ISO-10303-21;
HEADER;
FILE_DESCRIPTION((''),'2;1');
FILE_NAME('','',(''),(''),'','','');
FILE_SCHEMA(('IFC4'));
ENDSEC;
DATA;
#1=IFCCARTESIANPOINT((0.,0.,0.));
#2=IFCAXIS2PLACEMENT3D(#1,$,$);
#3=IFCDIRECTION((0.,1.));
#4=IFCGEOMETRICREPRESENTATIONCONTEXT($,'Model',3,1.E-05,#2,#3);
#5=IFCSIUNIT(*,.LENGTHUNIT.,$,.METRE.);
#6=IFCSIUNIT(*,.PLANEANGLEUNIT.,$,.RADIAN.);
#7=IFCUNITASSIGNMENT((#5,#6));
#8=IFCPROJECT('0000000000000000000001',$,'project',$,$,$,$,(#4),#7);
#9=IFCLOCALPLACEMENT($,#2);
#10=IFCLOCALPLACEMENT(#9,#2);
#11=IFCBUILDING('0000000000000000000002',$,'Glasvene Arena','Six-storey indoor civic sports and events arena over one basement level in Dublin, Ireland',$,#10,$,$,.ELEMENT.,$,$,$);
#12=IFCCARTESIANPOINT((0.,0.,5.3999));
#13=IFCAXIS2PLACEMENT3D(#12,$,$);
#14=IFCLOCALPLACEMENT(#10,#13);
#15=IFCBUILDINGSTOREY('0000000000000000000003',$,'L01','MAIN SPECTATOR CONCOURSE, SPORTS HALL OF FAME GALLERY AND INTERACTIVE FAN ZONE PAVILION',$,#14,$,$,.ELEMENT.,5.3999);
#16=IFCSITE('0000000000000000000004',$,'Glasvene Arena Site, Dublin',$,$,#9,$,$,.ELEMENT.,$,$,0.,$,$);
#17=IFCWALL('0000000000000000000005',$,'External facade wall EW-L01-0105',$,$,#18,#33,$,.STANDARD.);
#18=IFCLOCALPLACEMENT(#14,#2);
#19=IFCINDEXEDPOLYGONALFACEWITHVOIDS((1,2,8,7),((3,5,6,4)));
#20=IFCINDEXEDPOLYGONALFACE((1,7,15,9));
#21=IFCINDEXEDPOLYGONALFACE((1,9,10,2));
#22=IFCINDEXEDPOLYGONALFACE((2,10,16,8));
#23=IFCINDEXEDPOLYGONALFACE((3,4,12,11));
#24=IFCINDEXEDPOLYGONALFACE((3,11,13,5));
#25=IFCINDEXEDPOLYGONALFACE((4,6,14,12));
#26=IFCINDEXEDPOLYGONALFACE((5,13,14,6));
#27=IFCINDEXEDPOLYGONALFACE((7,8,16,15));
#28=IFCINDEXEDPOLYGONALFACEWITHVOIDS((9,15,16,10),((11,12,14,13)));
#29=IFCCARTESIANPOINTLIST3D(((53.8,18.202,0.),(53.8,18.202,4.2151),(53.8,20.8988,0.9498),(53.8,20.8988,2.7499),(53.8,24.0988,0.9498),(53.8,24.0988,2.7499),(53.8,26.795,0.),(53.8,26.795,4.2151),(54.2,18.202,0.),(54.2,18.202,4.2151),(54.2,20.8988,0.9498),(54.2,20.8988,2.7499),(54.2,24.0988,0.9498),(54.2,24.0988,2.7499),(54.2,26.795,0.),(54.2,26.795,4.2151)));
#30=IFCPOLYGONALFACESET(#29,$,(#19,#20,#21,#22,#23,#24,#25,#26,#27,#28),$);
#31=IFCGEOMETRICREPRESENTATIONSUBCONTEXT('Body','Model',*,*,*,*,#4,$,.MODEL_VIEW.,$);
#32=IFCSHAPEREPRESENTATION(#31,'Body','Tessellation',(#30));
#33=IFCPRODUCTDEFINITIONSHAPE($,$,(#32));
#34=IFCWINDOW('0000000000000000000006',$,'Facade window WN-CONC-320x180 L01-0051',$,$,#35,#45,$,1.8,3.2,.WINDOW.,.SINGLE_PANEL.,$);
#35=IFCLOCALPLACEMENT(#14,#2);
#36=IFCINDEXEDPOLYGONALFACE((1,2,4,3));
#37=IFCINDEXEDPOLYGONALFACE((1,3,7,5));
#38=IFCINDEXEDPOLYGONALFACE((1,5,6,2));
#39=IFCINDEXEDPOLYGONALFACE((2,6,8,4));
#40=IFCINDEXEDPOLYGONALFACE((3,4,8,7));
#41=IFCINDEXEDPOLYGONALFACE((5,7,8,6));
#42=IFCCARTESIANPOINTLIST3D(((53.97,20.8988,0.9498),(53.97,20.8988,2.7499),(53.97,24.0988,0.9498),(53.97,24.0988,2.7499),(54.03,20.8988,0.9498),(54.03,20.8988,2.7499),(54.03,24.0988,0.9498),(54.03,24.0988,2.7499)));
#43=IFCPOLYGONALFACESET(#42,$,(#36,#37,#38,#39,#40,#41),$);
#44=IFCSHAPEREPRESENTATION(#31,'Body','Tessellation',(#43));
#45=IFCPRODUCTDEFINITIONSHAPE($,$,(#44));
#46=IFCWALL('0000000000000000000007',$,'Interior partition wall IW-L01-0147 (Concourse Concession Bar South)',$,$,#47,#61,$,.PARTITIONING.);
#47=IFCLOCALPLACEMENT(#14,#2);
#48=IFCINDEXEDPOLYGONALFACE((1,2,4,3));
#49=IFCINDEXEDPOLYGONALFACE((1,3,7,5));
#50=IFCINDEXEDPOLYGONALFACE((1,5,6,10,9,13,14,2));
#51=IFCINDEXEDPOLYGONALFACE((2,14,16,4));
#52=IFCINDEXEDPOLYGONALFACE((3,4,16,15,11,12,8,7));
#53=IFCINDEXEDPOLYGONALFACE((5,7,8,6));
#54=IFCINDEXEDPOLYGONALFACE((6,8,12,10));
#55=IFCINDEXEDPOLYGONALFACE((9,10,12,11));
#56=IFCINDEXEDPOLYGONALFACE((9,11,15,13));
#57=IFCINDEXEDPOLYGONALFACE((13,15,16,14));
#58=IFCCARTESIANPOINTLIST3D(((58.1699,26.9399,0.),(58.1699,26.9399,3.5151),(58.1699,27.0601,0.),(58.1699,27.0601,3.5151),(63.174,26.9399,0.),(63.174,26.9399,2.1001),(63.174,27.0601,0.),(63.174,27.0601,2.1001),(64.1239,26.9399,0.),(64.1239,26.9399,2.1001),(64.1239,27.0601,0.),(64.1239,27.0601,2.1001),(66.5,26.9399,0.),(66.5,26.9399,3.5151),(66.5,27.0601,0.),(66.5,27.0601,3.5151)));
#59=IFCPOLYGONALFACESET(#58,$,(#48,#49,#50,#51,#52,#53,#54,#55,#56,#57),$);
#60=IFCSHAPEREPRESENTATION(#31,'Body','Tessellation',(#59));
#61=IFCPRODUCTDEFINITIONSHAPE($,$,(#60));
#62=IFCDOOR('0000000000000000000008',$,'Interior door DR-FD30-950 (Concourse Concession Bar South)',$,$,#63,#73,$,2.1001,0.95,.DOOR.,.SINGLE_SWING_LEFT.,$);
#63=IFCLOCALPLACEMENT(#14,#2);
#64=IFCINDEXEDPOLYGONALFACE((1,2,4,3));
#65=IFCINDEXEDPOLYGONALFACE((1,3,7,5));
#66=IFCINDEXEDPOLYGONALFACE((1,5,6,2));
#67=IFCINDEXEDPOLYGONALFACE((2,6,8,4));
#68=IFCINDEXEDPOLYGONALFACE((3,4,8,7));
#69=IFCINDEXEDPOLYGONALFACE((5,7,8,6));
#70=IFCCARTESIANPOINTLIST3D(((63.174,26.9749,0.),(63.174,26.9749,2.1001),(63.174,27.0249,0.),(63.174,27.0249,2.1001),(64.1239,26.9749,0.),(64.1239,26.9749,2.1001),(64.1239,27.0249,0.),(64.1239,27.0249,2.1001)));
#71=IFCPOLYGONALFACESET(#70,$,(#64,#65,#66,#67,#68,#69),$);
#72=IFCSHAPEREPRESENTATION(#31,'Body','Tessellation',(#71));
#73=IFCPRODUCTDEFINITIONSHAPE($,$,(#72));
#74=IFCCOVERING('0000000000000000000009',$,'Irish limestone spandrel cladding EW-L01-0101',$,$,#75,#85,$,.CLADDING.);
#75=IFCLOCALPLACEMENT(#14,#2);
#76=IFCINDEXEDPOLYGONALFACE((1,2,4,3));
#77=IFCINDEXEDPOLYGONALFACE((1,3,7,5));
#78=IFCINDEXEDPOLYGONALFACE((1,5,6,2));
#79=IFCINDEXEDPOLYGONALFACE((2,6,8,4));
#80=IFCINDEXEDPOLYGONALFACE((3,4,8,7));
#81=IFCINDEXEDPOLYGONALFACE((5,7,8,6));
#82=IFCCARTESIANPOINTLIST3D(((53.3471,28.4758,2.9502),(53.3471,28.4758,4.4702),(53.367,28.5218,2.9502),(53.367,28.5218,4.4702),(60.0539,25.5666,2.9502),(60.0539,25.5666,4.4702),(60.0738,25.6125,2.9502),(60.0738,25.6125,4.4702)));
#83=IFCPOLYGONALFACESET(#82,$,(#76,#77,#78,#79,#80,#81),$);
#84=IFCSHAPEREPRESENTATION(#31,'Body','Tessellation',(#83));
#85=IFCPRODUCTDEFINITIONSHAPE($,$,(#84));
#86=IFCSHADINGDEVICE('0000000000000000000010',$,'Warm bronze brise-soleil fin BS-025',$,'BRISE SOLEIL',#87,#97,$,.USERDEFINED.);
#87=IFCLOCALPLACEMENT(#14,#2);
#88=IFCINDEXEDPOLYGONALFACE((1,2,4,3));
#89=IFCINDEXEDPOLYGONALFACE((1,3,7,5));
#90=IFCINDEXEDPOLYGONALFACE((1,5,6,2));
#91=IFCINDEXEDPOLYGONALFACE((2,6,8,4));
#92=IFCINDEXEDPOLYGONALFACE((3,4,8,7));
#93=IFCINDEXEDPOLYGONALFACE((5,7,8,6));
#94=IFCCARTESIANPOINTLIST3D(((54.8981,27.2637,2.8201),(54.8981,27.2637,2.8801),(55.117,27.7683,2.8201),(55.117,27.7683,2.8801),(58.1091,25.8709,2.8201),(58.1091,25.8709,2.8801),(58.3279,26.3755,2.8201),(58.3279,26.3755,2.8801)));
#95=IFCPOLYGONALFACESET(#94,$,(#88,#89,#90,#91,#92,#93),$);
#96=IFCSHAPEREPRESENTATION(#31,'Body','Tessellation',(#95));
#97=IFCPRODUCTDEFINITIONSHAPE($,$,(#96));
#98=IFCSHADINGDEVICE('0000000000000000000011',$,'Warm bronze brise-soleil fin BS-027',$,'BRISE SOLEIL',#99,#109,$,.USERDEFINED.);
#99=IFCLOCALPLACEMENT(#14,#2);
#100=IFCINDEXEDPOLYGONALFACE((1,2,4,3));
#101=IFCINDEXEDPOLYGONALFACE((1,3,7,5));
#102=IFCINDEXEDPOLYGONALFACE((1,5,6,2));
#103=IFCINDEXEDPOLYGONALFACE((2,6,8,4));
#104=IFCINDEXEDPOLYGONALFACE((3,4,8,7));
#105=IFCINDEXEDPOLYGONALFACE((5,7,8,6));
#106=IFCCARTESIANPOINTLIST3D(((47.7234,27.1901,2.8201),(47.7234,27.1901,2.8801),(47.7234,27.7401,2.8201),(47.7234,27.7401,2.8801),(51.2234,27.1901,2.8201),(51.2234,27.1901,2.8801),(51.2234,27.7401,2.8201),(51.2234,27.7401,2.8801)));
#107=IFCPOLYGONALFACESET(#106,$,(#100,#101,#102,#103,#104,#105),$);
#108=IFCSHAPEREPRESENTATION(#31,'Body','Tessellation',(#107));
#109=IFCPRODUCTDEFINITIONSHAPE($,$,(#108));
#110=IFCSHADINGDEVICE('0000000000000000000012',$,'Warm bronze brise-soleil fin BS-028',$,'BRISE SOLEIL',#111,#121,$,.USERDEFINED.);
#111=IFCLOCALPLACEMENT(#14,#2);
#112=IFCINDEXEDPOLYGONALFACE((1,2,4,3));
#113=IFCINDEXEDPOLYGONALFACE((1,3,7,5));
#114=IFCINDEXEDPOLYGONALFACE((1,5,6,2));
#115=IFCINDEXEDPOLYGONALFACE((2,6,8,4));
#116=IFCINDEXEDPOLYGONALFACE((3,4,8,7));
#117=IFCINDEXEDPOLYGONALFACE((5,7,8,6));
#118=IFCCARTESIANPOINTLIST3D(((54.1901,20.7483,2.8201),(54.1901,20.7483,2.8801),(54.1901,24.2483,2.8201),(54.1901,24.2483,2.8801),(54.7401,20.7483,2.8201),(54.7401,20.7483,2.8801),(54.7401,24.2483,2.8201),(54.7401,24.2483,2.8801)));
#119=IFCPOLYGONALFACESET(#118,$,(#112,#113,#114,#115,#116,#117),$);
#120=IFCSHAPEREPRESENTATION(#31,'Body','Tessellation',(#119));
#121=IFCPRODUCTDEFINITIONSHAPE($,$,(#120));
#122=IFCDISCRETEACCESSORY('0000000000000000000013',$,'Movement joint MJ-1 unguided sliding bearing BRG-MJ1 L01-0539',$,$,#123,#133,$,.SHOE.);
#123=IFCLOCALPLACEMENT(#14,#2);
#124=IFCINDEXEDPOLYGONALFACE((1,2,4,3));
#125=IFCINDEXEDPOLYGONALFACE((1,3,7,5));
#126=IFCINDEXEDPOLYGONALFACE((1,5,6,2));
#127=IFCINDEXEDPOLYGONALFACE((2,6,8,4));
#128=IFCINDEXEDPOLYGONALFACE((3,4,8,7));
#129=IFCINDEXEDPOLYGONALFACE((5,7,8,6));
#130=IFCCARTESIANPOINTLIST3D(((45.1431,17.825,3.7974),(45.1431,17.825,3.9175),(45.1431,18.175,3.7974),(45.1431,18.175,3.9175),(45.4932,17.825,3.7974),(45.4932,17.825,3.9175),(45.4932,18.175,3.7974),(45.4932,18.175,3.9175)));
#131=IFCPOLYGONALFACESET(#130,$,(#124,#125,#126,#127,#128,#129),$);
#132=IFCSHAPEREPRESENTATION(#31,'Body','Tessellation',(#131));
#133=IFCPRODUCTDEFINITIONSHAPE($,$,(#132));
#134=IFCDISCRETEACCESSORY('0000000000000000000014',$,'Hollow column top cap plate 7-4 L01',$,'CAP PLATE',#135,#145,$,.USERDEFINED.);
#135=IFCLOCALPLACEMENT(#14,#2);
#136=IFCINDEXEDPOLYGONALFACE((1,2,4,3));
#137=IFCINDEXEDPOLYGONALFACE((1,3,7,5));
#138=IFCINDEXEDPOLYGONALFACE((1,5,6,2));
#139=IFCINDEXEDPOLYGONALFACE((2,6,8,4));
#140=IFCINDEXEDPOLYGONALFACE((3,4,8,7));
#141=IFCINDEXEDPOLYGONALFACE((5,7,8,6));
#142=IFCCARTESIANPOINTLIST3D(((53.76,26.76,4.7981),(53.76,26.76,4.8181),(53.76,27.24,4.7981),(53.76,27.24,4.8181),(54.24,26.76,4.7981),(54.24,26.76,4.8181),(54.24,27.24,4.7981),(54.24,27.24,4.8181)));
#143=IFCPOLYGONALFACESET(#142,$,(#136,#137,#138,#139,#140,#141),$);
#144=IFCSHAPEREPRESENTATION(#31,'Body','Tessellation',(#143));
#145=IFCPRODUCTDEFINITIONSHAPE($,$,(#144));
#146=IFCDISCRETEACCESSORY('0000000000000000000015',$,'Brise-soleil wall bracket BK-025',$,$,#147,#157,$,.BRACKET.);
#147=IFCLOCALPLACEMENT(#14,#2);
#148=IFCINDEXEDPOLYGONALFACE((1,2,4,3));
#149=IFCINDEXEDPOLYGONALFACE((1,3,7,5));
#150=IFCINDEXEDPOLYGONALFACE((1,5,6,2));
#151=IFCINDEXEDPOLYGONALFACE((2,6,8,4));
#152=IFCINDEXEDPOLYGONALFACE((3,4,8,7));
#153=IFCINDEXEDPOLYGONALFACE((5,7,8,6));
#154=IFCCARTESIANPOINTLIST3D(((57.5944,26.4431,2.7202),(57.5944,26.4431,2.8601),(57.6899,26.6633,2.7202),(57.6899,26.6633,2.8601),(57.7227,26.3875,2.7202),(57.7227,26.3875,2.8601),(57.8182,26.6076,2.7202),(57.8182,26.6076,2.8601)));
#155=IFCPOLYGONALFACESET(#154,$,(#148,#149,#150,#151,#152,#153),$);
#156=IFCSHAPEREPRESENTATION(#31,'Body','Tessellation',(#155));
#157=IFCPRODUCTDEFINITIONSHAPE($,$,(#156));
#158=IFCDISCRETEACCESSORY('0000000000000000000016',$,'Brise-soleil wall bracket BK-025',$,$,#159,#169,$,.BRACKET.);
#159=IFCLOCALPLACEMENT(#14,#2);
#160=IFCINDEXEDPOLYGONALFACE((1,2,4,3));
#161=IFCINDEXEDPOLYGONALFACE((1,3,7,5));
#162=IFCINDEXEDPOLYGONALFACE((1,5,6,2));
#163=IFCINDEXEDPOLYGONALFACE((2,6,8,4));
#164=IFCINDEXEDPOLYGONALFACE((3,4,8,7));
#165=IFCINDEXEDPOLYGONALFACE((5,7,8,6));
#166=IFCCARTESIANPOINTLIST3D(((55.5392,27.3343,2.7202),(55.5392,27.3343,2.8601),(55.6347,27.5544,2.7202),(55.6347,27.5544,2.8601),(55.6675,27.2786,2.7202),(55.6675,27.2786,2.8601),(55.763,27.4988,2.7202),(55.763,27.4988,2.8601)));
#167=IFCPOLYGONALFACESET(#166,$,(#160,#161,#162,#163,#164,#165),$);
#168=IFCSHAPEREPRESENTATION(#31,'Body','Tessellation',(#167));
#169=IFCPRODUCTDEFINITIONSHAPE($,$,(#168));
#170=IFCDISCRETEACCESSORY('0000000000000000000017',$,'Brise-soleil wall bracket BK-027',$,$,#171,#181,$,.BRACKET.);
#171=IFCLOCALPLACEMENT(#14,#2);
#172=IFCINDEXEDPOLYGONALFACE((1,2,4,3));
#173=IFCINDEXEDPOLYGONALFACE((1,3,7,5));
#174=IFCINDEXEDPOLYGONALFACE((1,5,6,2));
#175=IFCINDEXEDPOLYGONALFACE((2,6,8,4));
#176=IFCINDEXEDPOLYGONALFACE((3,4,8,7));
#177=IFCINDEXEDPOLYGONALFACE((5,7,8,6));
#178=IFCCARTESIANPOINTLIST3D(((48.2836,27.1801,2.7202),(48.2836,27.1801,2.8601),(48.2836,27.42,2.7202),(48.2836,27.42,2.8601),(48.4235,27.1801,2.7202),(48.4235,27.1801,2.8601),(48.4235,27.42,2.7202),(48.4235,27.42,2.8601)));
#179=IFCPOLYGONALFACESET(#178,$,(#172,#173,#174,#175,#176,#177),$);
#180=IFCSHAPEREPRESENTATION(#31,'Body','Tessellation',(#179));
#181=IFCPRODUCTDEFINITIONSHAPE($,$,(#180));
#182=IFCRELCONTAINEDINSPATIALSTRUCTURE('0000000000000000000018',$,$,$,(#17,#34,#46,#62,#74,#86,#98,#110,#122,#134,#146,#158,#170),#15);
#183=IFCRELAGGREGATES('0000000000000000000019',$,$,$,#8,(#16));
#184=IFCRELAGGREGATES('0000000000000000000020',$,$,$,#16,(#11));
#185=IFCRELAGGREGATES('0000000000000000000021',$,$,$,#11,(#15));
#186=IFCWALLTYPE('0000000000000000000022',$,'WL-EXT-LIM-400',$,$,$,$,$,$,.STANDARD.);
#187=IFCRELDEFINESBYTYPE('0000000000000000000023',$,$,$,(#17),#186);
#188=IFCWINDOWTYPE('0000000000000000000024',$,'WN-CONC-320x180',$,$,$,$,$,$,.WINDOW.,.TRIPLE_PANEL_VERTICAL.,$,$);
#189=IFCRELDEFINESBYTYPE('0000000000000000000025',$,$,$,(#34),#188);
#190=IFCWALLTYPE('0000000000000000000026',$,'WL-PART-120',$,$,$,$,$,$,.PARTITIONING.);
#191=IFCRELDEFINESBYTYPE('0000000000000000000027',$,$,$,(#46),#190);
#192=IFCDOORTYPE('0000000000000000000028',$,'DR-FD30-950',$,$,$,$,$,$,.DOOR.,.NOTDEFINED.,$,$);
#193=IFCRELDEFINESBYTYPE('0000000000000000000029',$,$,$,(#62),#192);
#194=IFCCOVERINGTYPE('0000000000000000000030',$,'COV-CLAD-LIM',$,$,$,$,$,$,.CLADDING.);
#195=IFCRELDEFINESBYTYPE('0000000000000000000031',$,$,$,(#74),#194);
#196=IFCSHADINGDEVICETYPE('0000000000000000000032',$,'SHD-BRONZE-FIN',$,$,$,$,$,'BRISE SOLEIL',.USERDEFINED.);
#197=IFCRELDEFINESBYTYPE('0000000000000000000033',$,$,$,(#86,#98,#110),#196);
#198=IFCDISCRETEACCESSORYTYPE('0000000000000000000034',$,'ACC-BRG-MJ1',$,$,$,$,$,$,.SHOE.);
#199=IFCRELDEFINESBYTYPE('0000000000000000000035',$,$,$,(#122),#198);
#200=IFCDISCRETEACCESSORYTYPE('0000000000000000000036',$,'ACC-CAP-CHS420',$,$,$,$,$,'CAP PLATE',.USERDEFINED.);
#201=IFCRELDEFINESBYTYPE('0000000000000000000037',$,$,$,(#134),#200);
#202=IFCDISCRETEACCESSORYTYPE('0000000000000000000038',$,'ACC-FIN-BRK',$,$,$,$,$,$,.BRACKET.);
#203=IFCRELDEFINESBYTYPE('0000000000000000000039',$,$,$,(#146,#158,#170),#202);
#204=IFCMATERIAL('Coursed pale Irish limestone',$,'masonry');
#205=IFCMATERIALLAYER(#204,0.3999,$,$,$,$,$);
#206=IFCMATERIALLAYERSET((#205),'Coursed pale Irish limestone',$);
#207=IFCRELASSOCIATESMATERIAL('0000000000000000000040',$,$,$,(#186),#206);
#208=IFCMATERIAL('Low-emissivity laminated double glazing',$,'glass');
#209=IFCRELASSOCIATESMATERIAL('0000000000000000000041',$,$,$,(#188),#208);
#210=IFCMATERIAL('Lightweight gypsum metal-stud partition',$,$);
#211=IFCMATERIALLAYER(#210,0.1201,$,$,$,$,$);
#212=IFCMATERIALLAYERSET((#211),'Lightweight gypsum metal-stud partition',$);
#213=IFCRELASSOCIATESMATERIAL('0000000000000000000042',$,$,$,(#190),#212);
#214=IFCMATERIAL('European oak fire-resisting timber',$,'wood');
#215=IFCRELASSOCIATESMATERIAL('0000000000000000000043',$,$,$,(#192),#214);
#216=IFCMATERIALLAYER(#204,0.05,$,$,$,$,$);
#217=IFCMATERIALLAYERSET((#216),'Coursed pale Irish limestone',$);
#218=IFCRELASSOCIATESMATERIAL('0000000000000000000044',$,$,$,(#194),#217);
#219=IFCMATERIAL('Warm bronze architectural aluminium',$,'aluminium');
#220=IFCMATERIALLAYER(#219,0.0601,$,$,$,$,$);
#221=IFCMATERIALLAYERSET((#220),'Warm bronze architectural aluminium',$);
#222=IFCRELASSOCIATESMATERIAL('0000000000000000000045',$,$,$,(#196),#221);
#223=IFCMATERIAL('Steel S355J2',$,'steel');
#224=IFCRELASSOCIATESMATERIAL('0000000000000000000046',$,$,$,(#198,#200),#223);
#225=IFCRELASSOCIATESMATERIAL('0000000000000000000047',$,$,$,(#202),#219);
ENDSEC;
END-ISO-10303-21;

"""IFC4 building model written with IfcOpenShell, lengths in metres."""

from ifc_helpers import new_model, si_unit, direction, frame, frame_2d, origin, origin_2d, place, context, subcontext, project, spatial, rectangle, extrude, material, layer, layer_set, type_object, element, fill, save


model = new_model("IFC4")

# Units and contexts
model_context = context("Model", 3, precision=1e-05, world=origin(), true_north=direction((0.0, 1.0)))
body_context = subcontext(model_context, "Body", "Model", "MODEL_VIEW")
ifc_project = project(units=[si_unit("LENGTHUNIT", "METRE"), si_unit("PLANEANGLEUNIT", "RADIAN")], contexts=[model_context])

# Site, building, storey
site_placement = place(None, origin())
site = spatial("IfcSite", under=ifc_project, at=site_placement, Name="Glasvene Arena Site, Dublin", CompositionType="ELEMENT", RefElevation=0.0)
building_placement = place(site_placement, origin())
building = spatial("IfcBuilding", under=site, at=building_placement, Name="Glasvene Arena", Description="Six-storey indoor civic sports and events arena over one basement level in Dublin, Ireland", CompositionType="ELEMENT")
storey_placement = place(building_placement, frame((0.0, 0.0, 5.3999)))
storey = spatial("IfcBuildingStorey", under=building, at=storey_placement, Name="L01", Description="MAIN SPECTATOR CONCOURSE, SPORTS HALL OF FAME GALLERY AND INTERACTIVE FAN ZONE PAVILION", CompositionType="ELEMENT", Elevation=5.3999)

# Shared definitions
ifc_material_1 = material(Name="Steel S355J2", Category="steel")

# Shared definitions
ifc_material_2 = material(Name="Low-emissivity laminated double glazing", Category="glass")

# Wall, opening, window
ifc_material_3 = material(Name="Coursed pale Irish limestone", Category="masonry")
ifc_layer_1 = layer(ifc_material_3, 0.3999)
ifc_layer_set_1 = layer_set([ifc_layer_1], Name="Coursed pale Irish limestone")
wall_type_1 = type_object("IfcWallType", Name="WL-EXT-LIM-400", PredefinedType="STANDARD", material=ifc_layer_set_1)
wall_1_placement = place(storey_placement, frame((54.0, 26.7949, 0.0), z_axis=(0.0, 0.0, 1.0), x_axis=(0.0, -1.0, 0.0)))
wall_1 = element("IfcWall", 1, at=wall_1_placement, inside=storey, type_object=wall_type_1, Name="External facade wall EW-L01-0105", PredefinedType="STANDARD", context=body_context, shape_type="SweptSolid", body=[
    extrude(rectangle(XDim=8.593, YDim=0.3999, at=frame_2d((4.2964, 0.0))), origin(), (0.0, 0.0, 1.0), 4.2151),
])
opening_1_placement = place(wall_1_placement, frame((2.696, 0.0, 0.95)))
opening_1 = element("IfcOpeningElement", 2, at=opening_1_placement, cuts=wall_1, PredefinedType="OPENING", context=body_context, shape_type="SweptSolid", body=[
    extrude(rectangle(XDim=3.2, YDim=1.8, at=frame_2d((1.6001, 0.8999))), frame((0.0, 0.21, 0.0), z_axis=(0.0, -1.0, 0.0), x_axis=(1.0, 0.0, 0.0)), (0.0, 0.0, 1.0), 0.4199),
])
window_type = type_object("IfcWindowType", Name="WN-CONC-320x180", PartitioningType="TRIPLE_PANEL_VERTICAL", PredefinedType="WINDOW", material=ifc_material_2)
window_placement = place(opening_1_placement, origin())
window = element("IfcWindow", 3, at=window_placement, inside=storey, type_object=window_type, Name="Facade window WN-CONC-320x180 L01-0051", OverallHeight=1.8, OverallWidth=3.2, PartitioningType="SINGLE_PANEL", PredefinedType="WINDOW", context=body_context, shape_type="SweptSolid", body=[
    extrude(rectangle(XDim=3.2, YDim=1.8, at=frame_2d((1.6001, 0.8999))), frame((0.0, 0.03, 0.0), z_axis=(0.0, -1.0, 0.0), x_axis=(1.0, 0.0, 0.0)), (0.0, 0.0, 1.0), 0.0601),
])
fill(opening_1, window)

# Wall, opening, door
ifc_material_4 = material(Name="Lightweight gypsum metal-stud partition")
ifc_layer_2 = layer(ifc_material_4, 0.1201)
ifc_layer_set_2 = layer_set([ifc_layer_2], Name="Lightweight gypsum metal-stud partition")
wall_type_2 = type_object("IfcWallType", Name="WL-PART-120", PredefinedType="PARTITIONING", material=ifc_layer_set_2)
wall_2_placement = place(storey_placement, frame((58.1699, 27.0, 0.0), z_axis=(0.0, 0.0, 1.0), x_axis=(1.0, 0.0, 0.0)))
wall_2 = element("IfcWall", 4, at=wall_2_placement, inside=storey, type_object=wall_type_2, Name="Interior partition wall IW-L01-0147 (Concourse Concession Bar South)", PredefinedType="PARTITIONING", context=body_context, shape_type="SweptSolid", body=[
    extrude(rectangle(XDim=8.3301, YDim=0.1201, at=frame_2d((4.165, 0.0))), origin(), (0.0, 0.0, 1.0), 3.5151),
])
opening_2_placement = place(wall_2_placement, frame((5.0039, 0.0, 0.0)))
opening_2 = element("IfcOpeningElement", 5, at=opening_2_placement, cuts=wall_2, PredefinedType="OPENING", context=body_context, shape_type="SweptSolid", body=[
    extrude(rectangle(XDim=0.95, YDim=2.1001, at=frame_2d((0.4751, 1.05))), frame((0.0, 0.0701, 0.0), z_axis=(0.0, -1.0, 0.0), x_axis=(1.0, 0.0, 0.0)), (0.0, 0.0, 1.0), 0.1401),
])
ifc_material_5 = material(Name="European oak fire-resisting timber", Category="wood")
door_type = type_object("IfcDoorType", Name="DR-FD30-950", OperationType="NOTDEFINED", PredefinedType="DOOR", material=ifc_material_5)
door_placement = place(opening_2_placement, origin())
door = element("IfcDoor", 6, at=door_placement, inside=storey, type_object=door_type, Name="Interior door DR-FD30-950 (Concourse Concession Bar South)", OperationType="SINGLE_SWING_LEFT", OverallHeight=2.1001, OverallWidth=0.95, PredefinedType="DOOR", context=body_context, shape_type="SweptSolid", body=[
    extrude(rectangle(XDim=0.95, YDim=2.1001, at=frame_2d((0.4751, 1.05))), frame((0.0, 0.0249, 0.0), z_axis=(0.0, -1.0, 0.0), x_axis=(1.0, 0.0, 0.0)), (0.0, 0.0, 1.0), 0.05),
])
fill(opening_2, door)

# Covering
ifc_layer_3 = layer(ifc_material_3, 0.05)
ifc_layer_set_3 = layer_set([ifc_layer_3], Name="Coursed pale Irish limestone")
covering_type = type_object("IfcCoveringType", Name="COV-CLAD-LIM", PredefinedType="CLADDING", material=ifc_layer_set_3)
covering_placement = place(storey_placement, frame((56.7104, 27.0442, 2.9502), z_axis=(0.0, 0.0, 1.0), x_axis=(-0.917408, 0.397949, 0.0)))
element("IfcCovering", 7, at=covering_placement, inside=storey, type_object=covering_type, Name="Irish limestone spandrel cladding EW-L01-0101", PredefinedType="CLADDING", context=body_context, shape_type="SweptSolid", body=[
    extrude(rectangle(XDim=7.3105, YDim=0.05, at=origin_2d()), origin(), (0.0, 0.0, 1.0), 1.52),
])

# Shading devices
ifc_material_6 = material(Name="Warm bronze architectural aluminium", Category="aluminium")
ifc_layer_4 = layer(ifc_material_6, 0.0601)
ifc_layer_set_4 = layer_set([ifc_layer_4], Name="Warm bronze architectural aluminium")
shading_device_type = type_object("IfcShadingDeviceType", Name="SHD-BRONZE-FIN", ElementType="BRISE SOLEIL", PredefinedType="USERDEFINED", material=ifc_layer_set_4)
for number, where, z_axis, x_axis, name in (
    (8, (56.613, 26.8196, 2.8201), (0.0, 0.0, 1.0), (-0.917408, 0.397949, 0.0), "Warm bronze brise-soleil fin BS-025"),
    (9, (49.4734, 27.4651, 2.8201), (0.0, 0.0, 1.0), (1.0, 0.0, 0.0), "Warm bronze brise-soleil fin BS-027"),
    (10, (54.4651, 22.4983, 2.8201), (0.0, 0.0, 1.0), (0.0, -1.0, 0.0), "Warm bronze brise-soleil fin BS-028"),
):
    element("IfcShadingDevice", number, at=place(storey_placement, frame(where, z_axis=z_axis, x_axis=x_axis)), inside=storey, type_object=shading_device_type, Name=name, ObjectType="BRISE SOLEIL", PredefinedType="USERDEFINED", context=body_context, shape_type="SweptSolid", body=[
        extrude(rectangle(XDim=3.5, YDim=0.55, at=origin_2d()), origin(), (0.0, 0.0, 1.0), 0.0601),
    ])

# Discrete accessories
discrete_accessory_type_1 = type_object("IfcDiscreteAccessoryType", Name="ACC-BRG-MJ1", PredefinedType="SHOE", material=ifc_material_1)
discrete_accessory_1_placement = place(storey_placement, frame((45.3181, 18.0, 3.7974), z_axis=(0.0, 0.0, 1.0), x_axis=(1.0, 0.0, 0.0)))
element("IfcDiscreteAccessory", 11, at=discrete_accessory_1_placement, inside=storey, type_object=discrete_accessory_type_1, Name="Movement joint MJ-1 unguided sliding bearing BRG-MJ1 L01-0539", PredefinedType="SHOE", context=body_context, shape_type="SweptSolid", body=[
    extrude(rectangle(XDim=0.3501, YDim=0.3501, at=origin_2d()), origin(), (0.0, 0.0, 1.0), 0.1201),
])
discrete_accessory_type_2 = type_object("IfcDiscreteAccessoryType", Name="ACC-CAP-CHS420", ElementType="CAP PLATE", PredefinedType="USERDEFINED", material=ifc_material_1)
discrete_accessory_2_placement = place(storey_placement, frame((54.0, 27.0, 4.7981), z_axis=(0.0, 0.0, 1.0), x_axis=(1.0, 0.0, 0.0)))
element("IfcDiscreteAccessory", 12, at=discrete_accessory_2_placement, inside=storey, type_object=discrete_accessory_type_2, Name="Hollow column top cap plate 7-4 L01", ObjectType="CAP PLATE", PredefinedType="USERDEFINED", context=body_context, shape_type="SweptSolid", body=[
    extrude(rectangle(XDim=0.48, YDim=0.48, at=origin_2d()), origin(), (0.0, 0.0, 1.0), 0.02),
])
discrete_accessory_type_3 = type_object("IfcDiscreteAccessoryType", Name="ACC-FIN-BRK", PredefinedType="BRACKET", material=ifc_material_6)
for number, where, z_axis, x_axis, name in (
    (13, (57.7063, 26.5254, 2.7202), (0.0, 0.0, 1.0), (-0.917408, 0.397949, 0.0), "Brise-soleil wall bracket BK-025"),
    (14, (55.6511, 27.4165, 2.7202), (0.0, 0.0, 1.0), (-0.917408, 0.397949, 0.0), "Brise-soleil wall bracket BK-025"),
    (15, (48.3535, 27.3, 2.7202), (0.0, 0.0, 1.0), (1.0, 0.0, 0.0), "Brise-soleil wall bracket BK-027"),
):
    element("IfcDiscreteAccessory", number, at=place(storey_placement, frame(where, z_axis=z_axis, x_axis=x_axis)), inside=storey, type_object=discrete_accessory_type_3, Name=name, PredefinedType="BRACKET", context=body_context, shape_type="SweptSolid", body=[
        extrude(rectangle(XDim=0.1399, YDim=0.24, at=origin_2d()), origin(), (0.0, 0.0, 1.0), 0.1399),
    ])

save(model, "model.ifc")
